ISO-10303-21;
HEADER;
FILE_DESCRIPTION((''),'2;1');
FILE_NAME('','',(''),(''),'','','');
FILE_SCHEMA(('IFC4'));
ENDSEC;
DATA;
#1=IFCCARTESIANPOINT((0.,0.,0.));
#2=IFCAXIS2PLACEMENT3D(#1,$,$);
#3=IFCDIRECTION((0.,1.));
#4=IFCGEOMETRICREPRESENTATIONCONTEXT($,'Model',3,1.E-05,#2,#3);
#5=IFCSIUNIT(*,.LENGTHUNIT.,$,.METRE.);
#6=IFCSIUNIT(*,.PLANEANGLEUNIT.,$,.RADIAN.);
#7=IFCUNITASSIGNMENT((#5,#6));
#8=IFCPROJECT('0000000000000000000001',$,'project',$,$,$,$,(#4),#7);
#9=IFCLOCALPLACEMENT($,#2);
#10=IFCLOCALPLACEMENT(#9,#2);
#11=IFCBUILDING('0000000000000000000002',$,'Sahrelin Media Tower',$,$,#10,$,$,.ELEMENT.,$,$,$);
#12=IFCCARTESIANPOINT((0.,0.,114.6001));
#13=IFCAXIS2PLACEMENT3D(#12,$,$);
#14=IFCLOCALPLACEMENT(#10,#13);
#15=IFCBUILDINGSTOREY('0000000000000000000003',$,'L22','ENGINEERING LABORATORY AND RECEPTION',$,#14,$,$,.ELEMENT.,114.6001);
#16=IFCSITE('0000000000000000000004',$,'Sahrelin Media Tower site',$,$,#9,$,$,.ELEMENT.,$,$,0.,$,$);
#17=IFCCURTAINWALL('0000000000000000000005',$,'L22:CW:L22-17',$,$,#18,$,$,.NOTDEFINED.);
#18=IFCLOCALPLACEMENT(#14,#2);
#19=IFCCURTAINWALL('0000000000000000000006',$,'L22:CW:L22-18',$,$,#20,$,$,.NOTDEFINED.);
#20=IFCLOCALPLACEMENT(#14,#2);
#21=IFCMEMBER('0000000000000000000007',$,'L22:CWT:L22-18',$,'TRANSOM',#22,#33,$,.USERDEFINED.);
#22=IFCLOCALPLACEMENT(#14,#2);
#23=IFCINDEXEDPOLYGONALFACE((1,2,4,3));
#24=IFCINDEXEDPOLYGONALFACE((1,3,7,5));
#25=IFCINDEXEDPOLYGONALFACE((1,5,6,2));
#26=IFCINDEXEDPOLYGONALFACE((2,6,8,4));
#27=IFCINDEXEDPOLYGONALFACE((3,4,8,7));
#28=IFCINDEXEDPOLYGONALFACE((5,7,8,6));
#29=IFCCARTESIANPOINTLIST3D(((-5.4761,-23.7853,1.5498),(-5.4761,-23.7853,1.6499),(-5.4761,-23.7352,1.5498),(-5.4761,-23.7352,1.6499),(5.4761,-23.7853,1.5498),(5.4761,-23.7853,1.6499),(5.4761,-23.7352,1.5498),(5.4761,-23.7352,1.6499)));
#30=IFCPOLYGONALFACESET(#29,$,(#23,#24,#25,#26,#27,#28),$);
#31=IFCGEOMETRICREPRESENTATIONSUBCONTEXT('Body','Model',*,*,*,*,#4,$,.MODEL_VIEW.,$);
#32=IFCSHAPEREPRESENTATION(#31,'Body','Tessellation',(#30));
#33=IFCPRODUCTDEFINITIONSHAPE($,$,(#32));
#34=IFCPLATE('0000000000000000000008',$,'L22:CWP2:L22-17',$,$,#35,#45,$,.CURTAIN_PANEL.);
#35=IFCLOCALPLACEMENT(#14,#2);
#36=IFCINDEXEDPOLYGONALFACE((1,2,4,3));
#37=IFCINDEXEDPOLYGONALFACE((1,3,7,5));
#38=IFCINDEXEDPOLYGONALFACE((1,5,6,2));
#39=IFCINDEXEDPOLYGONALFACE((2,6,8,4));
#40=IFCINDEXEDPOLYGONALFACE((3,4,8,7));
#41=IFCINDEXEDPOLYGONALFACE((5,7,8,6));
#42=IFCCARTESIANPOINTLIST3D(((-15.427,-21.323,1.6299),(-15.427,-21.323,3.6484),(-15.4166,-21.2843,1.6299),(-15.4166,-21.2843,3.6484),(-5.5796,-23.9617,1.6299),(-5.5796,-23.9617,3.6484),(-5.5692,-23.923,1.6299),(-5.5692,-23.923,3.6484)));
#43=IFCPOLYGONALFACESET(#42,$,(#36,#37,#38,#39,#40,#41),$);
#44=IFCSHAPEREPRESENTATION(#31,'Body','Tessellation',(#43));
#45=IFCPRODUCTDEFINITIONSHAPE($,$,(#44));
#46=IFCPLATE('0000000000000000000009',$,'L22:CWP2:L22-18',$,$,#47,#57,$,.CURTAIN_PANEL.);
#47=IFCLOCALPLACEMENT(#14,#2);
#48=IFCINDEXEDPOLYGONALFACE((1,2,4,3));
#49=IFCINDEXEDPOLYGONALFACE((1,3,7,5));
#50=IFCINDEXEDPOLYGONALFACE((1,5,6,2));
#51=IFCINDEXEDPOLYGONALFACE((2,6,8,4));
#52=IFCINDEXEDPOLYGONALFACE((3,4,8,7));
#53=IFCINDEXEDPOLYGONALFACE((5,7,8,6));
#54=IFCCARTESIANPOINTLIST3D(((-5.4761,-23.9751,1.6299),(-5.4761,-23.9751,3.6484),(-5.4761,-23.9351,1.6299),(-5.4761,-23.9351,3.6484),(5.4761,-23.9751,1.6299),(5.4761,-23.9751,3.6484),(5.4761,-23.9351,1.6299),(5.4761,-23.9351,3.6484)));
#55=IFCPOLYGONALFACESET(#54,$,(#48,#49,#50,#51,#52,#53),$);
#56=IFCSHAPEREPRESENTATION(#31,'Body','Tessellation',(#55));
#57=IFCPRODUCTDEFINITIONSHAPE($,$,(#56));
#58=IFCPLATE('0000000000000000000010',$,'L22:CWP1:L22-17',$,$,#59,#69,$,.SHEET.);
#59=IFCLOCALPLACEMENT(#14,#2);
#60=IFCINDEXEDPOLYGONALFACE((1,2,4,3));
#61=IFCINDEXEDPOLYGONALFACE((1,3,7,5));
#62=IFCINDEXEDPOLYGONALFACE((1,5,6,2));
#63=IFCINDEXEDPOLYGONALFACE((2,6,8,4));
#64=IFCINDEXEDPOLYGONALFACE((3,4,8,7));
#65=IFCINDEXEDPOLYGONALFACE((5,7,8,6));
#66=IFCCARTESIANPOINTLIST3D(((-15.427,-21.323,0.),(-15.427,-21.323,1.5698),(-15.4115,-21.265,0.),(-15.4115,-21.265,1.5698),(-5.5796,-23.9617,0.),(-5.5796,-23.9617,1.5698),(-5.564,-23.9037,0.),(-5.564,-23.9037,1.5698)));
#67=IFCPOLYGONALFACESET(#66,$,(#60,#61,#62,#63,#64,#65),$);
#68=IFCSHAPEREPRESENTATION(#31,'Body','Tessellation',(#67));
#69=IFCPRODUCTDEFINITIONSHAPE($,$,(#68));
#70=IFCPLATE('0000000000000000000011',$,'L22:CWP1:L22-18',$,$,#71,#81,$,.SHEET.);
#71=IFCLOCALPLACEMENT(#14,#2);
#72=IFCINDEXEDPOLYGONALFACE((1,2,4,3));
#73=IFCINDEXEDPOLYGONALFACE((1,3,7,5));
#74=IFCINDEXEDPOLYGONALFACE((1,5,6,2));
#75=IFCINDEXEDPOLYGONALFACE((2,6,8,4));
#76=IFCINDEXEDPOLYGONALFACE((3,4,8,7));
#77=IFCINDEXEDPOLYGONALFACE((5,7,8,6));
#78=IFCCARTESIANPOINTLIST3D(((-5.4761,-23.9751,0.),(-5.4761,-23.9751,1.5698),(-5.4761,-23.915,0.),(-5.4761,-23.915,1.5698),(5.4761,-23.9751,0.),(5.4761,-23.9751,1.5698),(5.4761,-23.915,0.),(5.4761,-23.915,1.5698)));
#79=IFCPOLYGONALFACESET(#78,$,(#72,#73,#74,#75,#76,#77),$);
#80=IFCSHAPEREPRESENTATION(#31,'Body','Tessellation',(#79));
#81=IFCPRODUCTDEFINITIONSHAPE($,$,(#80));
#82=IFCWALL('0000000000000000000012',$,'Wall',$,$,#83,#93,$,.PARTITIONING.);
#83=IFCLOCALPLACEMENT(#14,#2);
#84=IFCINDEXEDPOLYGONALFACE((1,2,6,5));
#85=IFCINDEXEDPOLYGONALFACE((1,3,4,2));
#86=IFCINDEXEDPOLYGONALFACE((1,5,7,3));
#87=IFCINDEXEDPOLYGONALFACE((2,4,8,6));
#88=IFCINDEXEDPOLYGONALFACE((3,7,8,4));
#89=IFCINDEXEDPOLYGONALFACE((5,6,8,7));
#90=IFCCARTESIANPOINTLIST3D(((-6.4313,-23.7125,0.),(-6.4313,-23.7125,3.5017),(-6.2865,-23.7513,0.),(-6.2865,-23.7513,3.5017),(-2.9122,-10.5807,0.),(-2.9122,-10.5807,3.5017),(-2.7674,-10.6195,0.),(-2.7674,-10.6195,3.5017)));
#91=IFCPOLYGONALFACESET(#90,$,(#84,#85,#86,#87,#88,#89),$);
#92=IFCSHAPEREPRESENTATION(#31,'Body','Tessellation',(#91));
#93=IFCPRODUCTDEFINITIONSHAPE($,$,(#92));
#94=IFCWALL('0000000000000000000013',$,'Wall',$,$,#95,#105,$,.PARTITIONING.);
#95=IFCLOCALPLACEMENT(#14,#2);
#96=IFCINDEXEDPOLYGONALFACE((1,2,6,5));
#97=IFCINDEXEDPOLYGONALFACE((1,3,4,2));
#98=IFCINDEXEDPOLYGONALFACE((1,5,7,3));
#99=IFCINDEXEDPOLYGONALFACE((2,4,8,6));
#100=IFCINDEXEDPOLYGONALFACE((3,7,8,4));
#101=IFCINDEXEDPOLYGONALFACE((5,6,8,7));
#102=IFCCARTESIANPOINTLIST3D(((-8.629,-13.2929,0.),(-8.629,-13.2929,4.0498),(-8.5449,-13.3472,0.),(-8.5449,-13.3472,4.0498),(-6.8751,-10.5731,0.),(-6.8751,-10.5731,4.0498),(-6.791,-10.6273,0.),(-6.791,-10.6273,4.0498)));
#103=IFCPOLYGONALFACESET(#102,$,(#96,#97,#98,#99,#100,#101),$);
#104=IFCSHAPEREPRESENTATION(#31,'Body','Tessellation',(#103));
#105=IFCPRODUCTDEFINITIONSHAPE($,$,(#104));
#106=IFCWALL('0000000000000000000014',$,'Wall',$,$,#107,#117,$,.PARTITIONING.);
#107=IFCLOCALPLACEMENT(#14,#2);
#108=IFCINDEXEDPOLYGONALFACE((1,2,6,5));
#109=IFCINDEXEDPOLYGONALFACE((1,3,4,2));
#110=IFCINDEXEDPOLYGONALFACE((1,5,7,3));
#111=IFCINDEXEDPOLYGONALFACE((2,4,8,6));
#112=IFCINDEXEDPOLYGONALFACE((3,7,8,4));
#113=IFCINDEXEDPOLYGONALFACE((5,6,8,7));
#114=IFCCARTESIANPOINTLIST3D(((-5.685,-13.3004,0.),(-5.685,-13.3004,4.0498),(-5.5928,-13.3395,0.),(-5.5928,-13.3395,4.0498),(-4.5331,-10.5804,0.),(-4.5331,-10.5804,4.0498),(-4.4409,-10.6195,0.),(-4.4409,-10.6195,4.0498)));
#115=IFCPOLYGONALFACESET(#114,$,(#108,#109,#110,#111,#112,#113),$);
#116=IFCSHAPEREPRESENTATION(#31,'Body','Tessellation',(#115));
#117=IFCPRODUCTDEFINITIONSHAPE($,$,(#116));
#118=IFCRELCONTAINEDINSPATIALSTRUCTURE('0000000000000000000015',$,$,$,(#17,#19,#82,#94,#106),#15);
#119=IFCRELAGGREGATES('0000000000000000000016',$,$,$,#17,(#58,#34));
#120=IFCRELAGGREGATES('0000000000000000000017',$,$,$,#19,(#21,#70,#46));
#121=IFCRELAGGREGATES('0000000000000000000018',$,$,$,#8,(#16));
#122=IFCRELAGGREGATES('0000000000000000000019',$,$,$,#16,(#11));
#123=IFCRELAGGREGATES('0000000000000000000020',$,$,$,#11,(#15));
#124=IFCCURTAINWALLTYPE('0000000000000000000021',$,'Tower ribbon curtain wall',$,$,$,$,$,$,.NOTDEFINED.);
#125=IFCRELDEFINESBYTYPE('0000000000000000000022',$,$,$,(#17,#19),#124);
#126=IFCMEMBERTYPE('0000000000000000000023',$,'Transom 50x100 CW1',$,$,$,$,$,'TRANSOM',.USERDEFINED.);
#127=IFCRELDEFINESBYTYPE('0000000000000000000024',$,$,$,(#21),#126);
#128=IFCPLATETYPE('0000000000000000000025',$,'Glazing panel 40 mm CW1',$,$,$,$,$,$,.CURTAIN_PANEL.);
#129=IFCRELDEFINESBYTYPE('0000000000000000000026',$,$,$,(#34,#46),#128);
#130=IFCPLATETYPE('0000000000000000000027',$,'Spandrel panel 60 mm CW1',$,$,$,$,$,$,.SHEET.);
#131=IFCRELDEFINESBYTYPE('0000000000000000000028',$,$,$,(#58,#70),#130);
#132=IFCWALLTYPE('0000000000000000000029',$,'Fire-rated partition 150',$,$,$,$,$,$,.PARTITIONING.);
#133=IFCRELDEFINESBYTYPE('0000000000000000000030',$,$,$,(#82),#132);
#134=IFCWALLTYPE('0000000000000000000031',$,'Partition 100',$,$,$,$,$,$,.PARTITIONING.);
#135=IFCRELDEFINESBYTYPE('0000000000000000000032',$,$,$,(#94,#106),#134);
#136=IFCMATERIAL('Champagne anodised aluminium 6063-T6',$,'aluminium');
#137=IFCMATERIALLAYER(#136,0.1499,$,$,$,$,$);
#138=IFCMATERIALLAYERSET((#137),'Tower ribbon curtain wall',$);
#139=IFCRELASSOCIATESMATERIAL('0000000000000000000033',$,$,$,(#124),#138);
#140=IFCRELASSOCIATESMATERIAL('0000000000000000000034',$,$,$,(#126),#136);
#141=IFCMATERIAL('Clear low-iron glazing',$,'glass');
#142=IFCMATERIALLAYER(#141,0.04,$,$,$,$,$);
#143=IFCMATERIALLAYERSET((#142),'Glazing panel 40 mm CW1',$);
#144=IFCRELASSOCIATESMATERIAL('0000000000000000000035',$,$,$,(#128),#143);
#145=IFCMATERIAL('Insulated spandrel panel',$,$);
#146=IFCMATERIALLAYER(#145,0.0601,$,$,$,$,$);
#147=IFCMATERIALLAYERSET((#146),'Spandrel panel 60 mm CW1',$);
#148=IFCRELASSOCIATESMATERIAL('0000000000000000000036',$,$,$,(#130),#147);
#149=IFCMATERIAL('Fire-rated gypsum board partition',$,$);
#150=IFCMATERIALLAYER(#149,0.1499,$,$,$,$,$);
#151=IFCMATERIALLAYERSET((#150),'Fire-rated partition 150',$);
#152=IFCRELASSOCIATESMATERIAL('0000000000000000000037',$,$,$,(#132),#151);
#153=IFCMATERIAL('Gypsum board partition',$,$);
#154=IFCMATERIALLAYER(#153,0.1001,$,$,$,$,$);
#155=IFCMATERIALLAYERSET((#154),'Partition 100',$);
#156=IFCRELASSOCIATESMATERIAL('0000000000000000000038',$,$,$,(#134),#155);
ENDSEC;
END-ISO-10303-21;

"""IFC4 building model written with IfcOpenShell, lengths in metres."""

from ifc_helpers import new_model, si_unit, direction, frame, frame_2d, origin, origin_2d, place, context, subcontext, project, spatial, polyline, rectangle, outline, extrude, material, layer, layer_set, material_profile, profile_set, type_object, element, aggregate, save


model = new_model("IFC4")

# Units and contexts
model_context = context("Model", 3, precision=1e-05, world=origin(), true_north=direction((0.0, 1.0)))
body_context = subcontext(model_context, "Body", "Model", "MODEL_VIEW")
ifc_project = project(units=[si_unit("LENGTHUNIT", "METRE"), si_unit("PLANEANGLEUNIT", "RADIAN")], contexts=[model_context])

# Site, building, storey
site_placement = place(None, origin())
site = spatial("IfcSite", under=ifc_project, at=site_placement, Name="Sahrelin Media Tower site", CompositionType="ELEMENT", RefElevation=0.0)
building_placement = place(site_placement, origin())
building = spatial("IfcBuilding", under=site, at=building_placement, Name="Sahrelin Media Tower", CompositionType="ELEMENT")
storey_placement = place(building_placement, frame((0.0, 0.0, 114.6001)))
storey = spatial("IfcBuildingStorey", under=building, at=storey_placement, Name="L22", Description="ENGINEERING LABORATORY AND RECEPTION", CompositionType="ELEMENT", Elevation=114.6001)

# Curtain wall
ifc_material_1 = material(Name="Champagne anodised aluminium 6063-T6", Category="aluminium")
ifc_layer_1 = layer(ifc_material_1, 0.1499)
ifc_layer_set_1 = layer_set([ifc_layer_1], Name="Tower ribbon curtain wall")
curtain_wall_type = type_object("IfcCurtainWallType", Name="Tower ribbon curtain wall", PredefinedType="NOTDEFINED", material=ifc_layer_set_1)
curtain_wall_1_placement = place(storey_placement, frame((-10.498, -22.623, 0.0), z_axis=(0.0, 0.0, 1.0), x_axis=(1.0, 0.0, 0.0)))
curtain_wall_1 = element("IfcCurtainWall", 1, at=curtain_wall_1_placement, inside=storey, type_object=curtain_wall_type, Name="L22:CW:L22-17", PredefinedType="NOTDEFINED")

# Shared definitions
ifc_material_profile_1 = material_profile(ifc_material_1, rectangle(XDim=0.05, YDim=0.1001, at=origin_2d()), Name="Transom 50x100")
ifc_profile_set_1 = profile_set([ifc_material_profile_1], Name="Champagne anodised aluminium 6063-T6")
member_type_1 = type_object("IfcMemberType", Name="Transom 50x100 CW1", ElementType="TRANSOM", PredefinedType="USERDEFINED", material=ifc_profile_set_1)

# Curtain wall, member
curtain_wall_2_placement = place(storey_placement, frame((0.0, -23.9551, 0.0), z_axis=(0.0, 0.0, 1.0), x_axis=(1.0, 0.0, 0.0)))
curtain_wall_2 = element("IfcCurtainWall", 2, at=curtain_wall_2_placement, inside=storey, type_object=curtain_wall_type, Name="L22:CW:L22-18", PredefinedType="NOTDEFINED")
member_1_placement = place(storey_placement, frame((-5.4761, -23.7603, 1.5999), z_axis=(1.0, 0.0, 0.0), x_axis=(0.0, 1.0, 0.0)))
member_1 = element("IfcMember", 3, at=member_1_placement, type_object=member_type_1, Name="L22:CWT:L22-18", ObjectType="TRANSOM", PredefinedType="USERDEFINED", context=body_context, shape_type="SweptSolid", body=[
    extrude(rectangle(XDim=0.05, YDim=0.1001, at=origin_2d()), origin(), (0.0, 0.0, 1.0), 10.9521),
])

# Plates
ifc_material_2 = material(Name="Clear low-iron glazing", Category="glass")
ifc_layer_2 = layer(ifc_material_2, 0.04)
ifc_layer_set_2 = layer_set([ifc_layer_2], Name="Glazing panel 40 mm CW1")
plate_type_1 = type_object("IfcPlateType", Name="Glazing panel 40 mm CW1", PredefinedType="CURTAIN_PANEL", material=ifc_layer_set_2)
plate_1_placement = place(storey_placement, frame((-15.427, -21.323, 1.6299), z_axis=(-0.258825, -0.965924, 0.0), x_axis=(0.965924, -0.258825, 0.0)))
plate_1 = element("IfcPlate", 4, at=plate_1_placement, type_object=plate_type_1, Name="L22:CWP2:L22-17", PredefinedType="CURTAIN_PANEL", context=body_context, shape_type="SweptSolid", body=[
    extrude(outline(polyline([(0.0, 0.0), (10.1948, 0.0), (10.1948, 2.0186), (0.0, 2.0186), (0.0, 0.0)])), origin(), (0.0, 0.0, -1.0), 0.04),
])
plate_2_placement = place(storey_placement, frame((-5.4761, -23.9751, 1.6299), z_axis=(0.0, -1.0, 0.0), x_axis=(1.0, 0.0, 0.0)))
plate_2 = element("IfcPlate", 5, at=plate_2_placement, type_object=plate_type_1, Name="L22:CWP2:L22-18", PredefinedType="CURTAIN_PANEL", context=body_context, shape_type="SweptSolid", body=[
    extrude(outline(polyline([(0.0, 0.0), (10.9521, 0.0), (10.9521, 2.0186), (0.0, 2.0186), (0.0, 0.0)])), origin(), (0.0, 0.0, -1.0), 0.04),
])
ifc_material_3 = material(Name="Insulated spandrel panel")
ifc_layer_3 = layer(ifc_material_3, 0.0601)
ifc_layer_set_3 = layer_set([ifc_layer_3], Name="Spandrel panel 60 mm CW1")
plate_type_2 = type_object("IfcPlateType", Name="Spandrel panel 60 mm CW1", PredefinedType="SHEET", material=ifc_layer_set_3)
plate_3_placement = place(storey_placement, frame((-15.427, -21.323, 0.0), z_axis=(-0.258825, -0.965924, 0.0), x_axis=(0.965924, -0.258825, 0.0)))
plate_3 = element("IfcPlate", 6, at=plate_3_placement, type_object=plate_type_2, Name="L22:CWP1:L22-17", PredefinedType="SHEET", context=body_context, shape_type="SweptSolid", body=[
    extrude(outline(polyline([(0.0, 0.0), (10.1948, 0.0), (10.1948, 1.5698), (0.0, 1.5698), (0.0, 0.0)])), origin(), (0.0, 0.0, -1.0), 0.0601),
])
aggregate(curtain_wall_1, [plate_3, plate_1])
plate_4_placement = place(storey_placement, frame((-5.4761, -23.9751, 0.0), z_axis=(0.0, -1.0, 0.0), x_axis=(1.0, 0.0, 0.0)))
plate_4 = element("IfcPlate", 7, at=plate_4_placement, type_object=plate_type_2, Name="L22:CWP1:L22-18", PredefinedType="SHEET", context=body_context, shape_type="SweptSolid", body=[
    extrude(outline(polyline([(0.0, 0.0), (10.9521, 0.0), (10.9521, 1.5698), (0.0, 1.5698), (0.0, 0.0)])), origin(), (0.0, 0.0, -1.0), 0.0601),
])
aggregate(curtain_wall_2, [member_1, plate_4, plate_2])

# Walls
ifc_material_4 = material(Name="Fire-rated gypsum board partition")
ifc_layer_4 = layer(ifc_material_4, 0.1499)
ifc_layer_set_4 = layer_set([ifc_layer_4], Name="Fire-rated partition 150")
wall_type_1 = type_object("IfcWallType", Name="Fire-rated partition 150", PredefinedType="PARTITIONING", material=ifc_layer_set_4)
wall_1_placement = place(storey_placement, frame((-6.3589, -23.7319, 0.0), z_axis=(0.0, 0.0, 1.0), x_axis=(0.258845, 0.965919, 0.0)))
element("IfcWall", 8, at=wall_1_placement, inside=storey, type_object=wall_type_1, Name="Wall", PredefinedType="PARTITIONING", context=body_context, shape_type="SweptSolid", body=[
    extrude(rectangle(XDim=13.5952, YDim=0.1499, at=frame_2d((6.7976, 0.0))), origin(), (0.0, 0.0, 1.0), 3.5017),
])
ifc_material_5 = material(Name="Gypsum board partition")
ifc_layer_5 = layer(ifc_material_5, 0.1001)
ifc_layer_set_5 = layer_set([ifc_layer_5], Name="Partition 100")
wall_type_2 = type_object("IfcWallType", Name="Partition 100", PredefinedType="PARTITIONING", material=ifc_layer_set_5)
wall_2_placement = place(storey_placement, frame((-8.5869, -13.3201, 0.0), z_axis=(0.0, 0.0, 1.0), x_axis=(0.541928, 0.840425, 0.0)))
element("IfcWall", 9, at=wall_2_placement, inside=storey, type_object=wall_type_2, Name="Wall", PredefinedType="PARTITIONING", context=body_context, shape_type="SweptSolid", body=[
    extrude(rectangle(XDim=3.2363, YDim=0.1001, at=frame_2d((1.6182, 0.0))), origin(), (0.0, 0.0, 1.0), 4.0498),
])
wall_3_placement = place(storey_placement, frame((-5.6389, -13.3201, 0.0), z_axis=(0.0, 0.0, 1.0), x_axis=(0.389955, 0.920834, 0.0)))
element("IfcWall", 10, at=wall_3_placement, inside=storey, type_object=wall_type_2, Name="Wall", PredefinedType="PARTITIONING", context=body_context, shape_type="SweptSolid", body=[
    extrude(rectangle(XDim=2.9539, YDim=0.1001, at=frame_2d((1.4771, 0.0))), origin(), (0.0, 0.0, 1.0), 4.0498),
])

save(model, "model.ifc")
